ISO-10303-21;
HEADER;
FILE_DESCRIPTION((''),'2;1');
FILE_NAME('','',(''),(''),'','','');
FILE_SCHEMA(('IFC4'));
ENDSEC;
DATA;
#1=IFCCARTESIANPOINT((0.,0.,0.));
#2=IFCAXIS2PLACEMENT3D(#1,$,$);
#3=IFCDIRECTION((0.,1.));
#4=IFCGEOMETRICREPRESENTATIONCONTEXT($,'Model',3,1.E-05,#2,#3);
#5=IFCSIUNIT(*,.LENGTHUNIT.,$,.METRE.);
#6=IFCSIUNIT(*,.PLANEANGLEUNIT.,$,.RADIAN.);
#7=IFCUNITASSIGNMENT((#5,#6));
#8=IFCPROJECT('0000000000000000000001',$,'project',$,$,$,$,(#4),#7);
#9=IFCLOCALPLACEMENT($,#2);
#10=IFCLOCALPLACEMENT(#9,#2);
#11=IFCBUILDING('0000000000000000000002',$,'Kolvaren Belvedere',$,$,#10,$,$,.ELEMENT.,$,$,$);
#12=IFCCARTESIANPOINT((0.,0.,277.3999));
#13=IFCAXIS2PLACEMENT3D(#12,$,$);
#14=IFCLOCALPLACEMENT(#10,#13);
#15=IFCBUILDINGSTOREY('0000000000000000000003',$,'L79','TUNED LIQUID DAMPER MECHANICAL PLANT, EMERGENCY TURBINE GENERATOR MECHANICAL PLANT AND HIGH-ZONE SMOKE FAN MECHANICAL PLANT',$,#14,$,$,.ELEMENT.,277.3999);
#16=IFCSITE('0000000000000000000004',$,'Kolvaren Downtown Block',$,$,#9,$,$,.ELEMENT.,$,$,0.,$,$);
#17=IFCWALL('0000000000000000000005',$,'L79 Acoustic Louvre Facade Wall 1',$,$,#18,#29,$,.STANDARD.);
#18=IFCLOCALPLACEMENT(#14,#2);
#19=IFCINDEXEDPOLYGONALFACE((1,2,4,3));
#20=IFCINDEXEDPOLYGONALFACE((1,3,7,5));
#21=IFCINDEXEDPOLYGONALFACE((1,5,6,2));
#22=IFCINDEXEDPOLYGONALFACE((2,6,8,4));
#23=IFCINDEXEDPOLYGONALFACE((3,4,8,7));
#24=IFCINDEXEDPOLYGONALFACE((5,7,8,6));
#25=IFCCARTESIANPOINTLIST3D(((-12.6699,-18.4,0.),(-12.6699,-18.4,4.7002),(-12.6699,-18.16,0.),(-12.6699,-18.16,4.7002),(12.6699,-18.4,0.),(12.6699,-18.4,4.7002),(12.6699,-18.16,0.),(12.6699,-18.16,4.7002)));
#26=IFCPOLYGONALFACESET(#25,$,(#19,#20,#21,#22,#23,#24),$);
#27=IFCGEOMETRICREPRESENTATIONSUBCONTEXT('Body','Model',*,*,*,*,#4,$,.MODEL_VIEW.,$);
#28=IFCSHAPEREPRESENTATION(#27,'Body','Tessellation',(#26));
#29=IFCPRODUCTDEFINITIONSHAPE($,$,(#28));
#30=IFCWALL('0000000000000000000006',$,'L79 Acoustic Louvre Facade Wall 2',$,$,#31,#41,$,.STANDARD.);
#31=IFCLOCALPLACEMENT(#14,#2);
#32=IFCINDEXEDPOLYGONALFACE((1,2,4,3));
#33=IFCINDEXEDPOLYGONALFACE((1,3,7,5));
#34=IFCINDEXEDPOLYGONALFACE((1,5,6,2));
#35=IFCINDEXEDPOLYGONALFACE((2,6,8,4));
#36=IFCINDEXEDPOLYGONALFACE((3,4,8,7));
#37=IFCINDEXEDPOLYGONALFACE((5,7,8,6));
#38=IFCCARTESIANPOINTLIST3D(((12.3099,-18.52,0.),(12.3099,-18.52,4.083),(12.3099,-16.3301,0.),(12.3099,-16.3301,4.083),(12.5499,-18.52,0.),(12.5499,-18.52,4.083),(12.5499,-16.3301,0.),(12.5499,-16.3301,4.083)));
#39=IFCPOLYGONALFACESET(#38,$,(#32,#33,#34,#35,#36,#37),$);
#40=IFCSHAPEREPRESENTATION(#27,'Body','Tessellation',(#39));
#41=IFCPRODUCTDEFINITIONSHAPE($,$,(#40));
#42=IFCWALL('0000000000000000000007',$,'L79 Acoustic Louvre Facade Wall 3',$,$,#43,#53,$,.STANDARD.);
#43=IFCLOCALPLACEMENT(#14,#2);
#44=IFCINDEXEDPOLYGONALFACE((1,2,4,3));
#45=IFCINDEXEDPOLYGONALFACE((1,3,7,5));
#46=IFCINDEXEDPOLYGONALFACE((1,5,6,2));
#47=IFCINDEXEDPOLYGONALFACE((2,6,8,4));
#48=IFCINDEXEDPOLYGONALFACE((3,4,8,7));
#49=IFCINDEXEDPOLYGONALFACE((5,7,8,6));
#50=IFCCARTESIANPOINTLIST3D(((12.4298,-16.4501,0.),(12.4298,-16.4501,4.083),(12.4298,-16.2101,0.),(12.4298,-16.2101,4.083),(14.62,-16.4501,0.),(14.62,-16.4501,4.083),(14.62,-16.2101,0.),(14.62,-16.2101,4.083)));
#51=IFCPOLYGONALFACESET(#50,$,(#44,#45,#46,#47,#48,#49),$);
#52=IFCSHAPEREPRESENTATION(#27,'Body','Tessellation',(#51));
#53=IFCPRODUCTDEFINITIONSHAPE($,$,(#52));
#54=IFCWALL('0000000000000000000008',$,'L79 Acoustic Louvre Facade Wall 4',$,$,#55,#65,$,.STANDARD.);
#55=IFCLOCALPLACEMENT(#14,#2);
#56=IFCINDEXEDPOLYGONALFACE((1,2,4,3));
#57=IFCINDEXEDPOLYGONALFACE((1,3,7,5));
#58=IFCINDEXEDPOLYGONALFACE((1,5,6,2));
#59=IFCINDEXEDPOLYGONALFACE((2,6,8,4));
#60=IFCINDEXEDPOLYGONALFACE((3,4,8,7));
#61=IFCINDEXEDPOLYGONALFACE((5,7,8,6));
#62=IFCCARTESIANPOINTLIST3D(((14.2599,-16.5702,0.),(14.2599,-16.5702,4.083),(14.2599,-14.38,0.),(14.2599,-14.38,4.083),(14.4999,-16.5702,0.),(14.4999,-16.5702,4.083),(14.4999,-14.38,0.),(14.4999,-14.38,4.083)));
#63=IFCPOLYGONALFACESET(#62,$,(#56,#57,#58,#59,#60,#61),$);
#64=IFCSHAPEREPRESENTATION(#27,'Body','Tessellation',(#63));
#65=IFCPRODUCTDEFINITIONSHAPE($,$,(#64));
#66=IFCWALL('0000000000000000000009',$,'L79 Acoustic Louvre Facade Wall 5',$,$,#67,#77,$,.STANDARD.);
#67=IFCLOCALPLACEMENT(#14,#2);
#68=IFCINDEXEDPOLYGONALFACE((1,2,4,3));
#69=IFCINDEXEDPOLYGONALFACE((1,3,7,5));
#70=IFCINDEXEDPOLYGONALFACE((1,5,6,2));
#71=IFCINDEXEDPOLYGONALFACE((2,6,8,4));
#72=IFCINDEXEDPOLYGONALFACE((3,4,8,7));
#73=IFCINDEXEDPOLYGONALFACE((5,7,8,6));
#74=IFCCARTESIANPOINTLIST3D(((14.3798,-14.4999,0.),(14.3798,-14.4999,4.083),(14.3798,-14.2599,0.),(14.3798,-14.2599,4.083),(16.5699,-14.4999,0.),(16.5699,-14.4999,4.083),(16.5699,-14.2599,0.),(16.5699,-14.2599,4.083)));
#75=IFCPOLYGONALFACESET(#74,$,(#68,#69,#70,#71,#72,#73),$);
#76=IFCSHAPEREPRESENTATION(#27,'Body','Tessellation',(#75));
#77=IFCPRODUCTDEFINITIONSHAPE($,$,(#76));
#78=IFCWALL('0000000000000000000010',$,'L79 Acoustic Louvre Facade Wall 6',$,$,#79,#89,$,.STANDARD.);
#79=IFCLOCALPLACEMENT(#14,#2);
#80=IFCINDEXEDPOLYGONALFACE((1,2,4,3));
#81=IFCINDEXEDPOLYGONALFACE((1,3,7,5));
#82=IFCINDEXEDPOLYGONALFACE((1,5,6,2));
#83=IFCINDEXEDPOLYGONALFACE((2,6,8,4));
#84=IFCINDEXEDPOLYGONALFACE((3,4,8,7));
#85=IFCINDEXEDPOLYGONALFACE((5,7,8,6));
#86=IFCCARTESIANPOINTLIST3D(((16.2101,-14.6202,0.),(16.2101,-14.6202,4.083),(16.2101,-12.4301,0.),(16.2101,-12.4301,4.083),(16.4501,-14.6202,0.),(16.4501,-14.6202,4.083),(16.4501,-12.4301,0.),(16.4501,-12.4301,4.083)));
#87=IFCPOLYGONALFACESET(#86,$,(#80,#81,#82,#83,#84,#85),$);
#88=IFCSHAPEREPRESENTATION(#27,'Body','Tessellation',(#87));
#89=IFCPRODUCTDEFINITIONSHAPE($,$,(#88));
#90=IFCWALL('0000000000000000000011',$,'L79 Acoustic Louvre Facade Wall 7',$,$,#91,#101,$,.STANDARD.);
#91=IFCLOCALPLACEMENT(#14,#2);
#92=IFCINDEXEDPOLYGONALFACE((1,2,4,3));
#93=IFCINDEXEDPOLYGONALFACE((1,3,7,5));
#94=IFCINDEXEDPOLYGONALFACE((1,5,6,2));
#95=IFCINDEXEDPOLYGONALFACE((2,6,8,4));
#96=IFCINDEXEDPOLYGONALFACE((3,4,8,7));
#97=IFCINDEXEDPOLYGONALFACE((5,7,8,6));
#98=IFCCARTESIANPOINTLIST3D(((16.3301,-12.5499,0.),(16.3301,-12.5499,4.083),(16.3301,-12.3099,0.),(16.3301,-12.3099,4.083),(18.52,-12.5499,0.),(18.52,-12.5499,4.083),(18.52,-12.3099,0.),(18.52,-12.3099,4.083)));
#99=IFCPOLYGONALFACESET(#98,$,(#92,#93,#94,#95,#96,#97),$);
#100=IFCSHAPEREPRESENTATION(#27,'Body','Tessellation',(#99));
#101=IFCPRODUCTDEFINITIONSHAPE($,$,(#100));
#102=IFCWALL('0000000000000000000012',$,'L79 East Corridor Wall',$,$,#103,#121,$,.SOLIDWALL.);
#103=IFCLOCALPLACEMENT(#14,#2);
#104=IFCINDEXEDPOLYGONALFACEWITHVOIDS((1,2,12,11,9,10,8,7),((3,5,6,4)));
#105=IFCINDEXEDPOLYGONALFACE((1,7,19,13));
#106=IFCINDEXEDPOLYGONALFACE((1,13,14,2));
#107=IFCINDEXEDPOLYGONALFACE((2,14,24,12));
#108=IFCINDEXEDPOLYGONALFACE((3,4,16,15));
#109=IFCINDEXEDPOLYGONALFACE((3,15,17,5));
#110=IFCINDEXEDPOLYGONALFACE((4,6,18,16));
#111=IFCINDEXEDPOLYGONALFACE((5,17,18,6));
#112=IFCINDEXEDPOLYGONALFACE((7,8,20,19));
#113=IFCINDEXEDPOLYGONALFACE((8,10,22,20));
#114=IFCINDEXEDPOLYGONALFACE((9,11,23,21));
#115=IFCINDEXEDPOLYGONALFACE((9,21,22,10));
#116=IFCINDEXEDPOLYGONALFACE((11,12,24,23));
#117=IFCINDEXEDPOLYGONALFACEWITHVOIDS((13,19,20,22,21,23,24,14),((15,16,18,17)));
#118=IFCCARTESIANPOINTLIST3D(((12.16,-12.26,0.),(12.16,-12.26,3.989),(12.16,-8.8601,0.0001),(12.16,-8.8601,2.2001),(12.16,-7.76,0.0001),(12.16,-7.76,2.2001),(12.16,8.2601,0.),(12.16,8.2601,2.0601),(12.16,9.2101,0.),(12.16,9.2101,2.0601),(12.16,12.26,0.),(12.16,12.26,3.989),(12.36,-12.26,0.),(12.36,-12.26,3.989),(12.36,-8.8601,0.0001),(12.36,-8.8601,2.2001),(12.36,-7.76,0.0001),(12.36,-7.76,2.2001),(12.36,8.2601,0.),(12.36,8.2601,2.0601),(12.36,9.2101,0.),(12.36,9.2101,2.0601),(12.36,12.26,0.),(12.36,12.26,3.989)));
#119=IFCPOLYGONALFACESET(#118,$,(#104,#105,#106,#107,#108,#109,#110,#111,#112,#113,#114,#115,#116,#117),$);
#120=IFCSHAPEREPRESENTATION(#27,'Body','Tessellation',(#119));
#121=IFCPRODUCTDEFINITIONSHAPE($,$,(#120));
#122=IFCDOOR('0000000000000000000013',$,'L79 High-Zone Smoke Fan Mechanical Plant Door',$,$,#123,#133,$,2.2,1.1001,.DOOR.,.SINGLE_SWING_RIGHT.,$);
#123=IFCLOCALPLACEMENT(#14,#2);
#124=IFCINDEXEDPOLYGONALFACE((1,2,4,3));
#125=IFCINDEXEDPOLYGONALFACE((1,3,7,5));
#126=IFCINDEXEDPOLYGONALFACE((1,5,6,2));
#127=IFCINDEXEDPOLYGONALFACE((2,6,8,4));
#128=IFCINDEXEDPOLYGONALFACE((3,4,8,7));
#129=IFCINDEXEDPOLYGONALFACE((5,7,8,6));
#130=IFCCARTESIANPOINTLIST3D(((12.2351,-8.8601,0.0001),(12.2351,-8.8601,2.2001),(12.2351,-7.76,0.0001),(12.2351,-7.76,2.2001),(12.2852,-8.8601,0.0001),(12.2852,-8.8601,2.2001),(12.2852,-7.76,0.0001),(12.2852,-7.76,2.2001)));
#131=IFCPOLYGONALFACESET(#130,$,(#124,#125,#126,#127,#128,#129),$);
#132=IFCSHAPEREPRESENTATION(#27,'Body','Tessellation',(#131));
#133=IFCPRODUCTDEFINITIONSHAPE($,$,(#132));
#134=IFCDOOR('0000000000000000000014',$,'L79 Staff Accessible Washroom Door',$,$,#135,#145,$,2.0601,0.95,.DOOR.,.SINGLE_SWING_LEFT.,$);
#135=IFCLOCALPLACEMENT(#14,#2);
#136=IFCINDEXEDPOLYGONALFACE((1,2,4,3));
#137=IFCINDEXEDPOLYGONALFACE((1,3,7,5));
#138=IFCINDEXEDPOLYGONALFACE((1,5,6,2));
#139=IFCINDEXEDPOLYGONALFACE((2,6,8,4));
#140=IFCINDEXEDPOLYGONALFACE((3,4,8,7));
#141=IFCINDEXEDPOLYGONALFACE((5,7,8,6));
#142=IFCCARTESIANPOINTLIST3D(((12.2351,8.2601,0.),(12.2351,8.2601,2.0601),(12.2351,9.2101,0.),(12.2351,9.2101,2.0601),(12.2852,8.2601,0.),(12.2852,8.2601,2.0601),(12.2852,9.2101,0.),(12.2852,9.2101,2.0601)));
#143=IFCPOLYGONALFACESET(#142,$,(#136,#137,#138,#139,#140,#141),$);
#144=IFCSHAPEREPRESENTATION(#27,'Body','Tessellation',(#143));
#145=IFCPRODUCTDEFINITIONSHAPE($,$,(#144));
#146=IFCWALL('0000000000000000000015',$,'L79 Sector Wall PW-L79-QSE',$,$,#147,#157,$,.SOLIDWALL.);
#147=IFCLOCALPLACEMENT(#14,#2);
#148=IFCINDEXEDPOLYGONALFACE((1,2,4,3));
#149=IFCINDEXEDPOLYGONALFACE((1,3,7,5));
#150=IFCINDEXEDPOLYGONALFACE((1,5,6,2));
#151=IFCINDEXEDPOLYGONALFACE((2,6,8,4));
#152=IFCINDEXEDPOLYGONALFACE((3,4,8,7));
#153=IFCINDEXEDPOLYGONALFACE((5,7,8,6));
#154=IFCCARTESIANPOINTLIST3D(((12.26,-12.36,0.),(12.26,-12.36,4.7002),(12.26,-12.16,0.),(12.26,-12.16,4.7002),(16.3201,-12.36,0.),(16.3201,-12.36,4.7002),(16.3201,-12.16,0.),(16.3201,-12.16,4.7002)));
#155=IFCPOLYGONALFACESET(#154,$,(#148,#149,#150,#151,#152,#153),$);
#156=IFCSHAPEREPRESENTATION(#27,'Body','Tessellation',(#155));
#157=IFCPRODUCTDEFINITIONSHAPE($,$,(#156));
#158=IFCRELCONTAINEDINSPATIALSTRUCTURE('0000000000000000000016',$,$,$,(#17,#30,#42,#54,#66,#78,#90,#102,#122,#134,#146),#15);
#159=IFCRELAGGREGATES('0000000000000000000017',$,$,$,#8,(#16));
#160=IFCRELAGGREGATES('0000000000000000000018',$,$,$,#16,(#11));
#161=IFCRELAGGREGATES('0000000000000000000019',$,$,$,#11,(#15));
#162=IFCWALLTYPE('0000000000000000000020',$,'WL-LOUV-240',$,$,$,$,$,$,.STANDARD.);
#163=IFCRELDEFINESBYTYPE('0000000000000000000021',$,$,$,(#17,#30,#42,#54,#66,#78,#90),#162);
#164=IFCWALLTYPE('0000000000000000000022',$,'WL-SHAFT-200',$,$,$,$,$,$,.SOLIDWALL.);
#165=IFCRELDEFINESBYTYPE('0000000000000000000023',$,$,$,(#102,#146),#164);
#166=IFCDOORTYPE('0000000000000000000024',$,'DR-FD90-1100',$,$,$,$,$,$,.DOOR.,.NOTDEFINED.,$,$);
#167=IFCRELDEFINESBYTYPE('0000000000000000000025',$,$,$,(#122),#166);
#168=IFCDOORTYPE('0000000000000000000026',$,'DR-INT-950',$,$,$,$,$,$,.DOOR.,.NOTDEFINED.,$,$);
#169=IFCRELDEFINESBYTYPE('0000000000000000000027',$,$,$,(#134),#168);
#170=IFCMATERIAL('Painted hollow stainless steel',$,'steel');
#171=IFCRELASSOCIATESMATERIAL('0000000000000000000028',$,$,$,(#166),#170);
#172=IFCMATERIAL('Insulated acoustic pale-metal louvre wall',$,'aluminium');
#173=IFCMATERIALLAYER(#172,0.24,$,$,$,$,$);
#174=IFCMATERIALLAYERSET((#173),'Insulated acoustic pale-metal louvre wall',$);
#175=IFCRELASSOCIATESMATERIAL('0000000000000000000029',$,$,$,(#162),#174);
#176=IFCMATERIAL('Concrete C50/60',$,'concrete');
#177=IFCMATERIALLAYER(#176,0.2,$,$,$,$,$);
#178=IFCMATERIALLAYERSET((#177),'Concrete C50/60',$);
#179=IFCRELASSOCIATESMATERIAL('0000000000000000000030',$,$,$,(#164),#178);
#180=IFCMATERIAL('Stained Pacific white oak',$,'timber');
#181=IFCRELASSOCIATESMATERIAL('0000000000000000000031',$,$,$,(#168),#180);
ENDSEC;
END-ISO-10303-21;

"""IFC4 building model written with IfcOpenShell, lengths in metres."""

from ifc_helpers import new_model, si_unit, direction, frame, frame_2d, origin, place, context, subcontext, project, spatial, rectangle, extrude, material, layer, layer_set, type_object, element, fill, save


model = new_model("IFC4")

# Units and contexts
model_context = context("Model", 3, precision=1e-05, world=origin(), true_north=direction((0.0, 1.0)))
body_context = subcontext(model_context, "Body", "Model", "MODEL_VIEW")
ifc_project = project(units=[si_unit("LENGTHUNIT", "METRE"), si_unit("PLANEANGLEUNIT", "RADIAN")], contexts=[model_context])

# Site, building, storey
site_placement = place(None, origin())
site = spatial("IfcSite", under=ifc_project, at=site_placement, Name="Kolvaren Downtown Block", CompositionType="ELEMENT", RefElevation=0.0)
building_placement = place(site_placement, origin())
building = spatial("IfcBuilding", under=site, at=building_placement, Name="Kolvaren Belvedere", CompositionType="ELEMENT")
storey_placement = place(building_placement, frame((0.0, 0.0, 277.3999)))
storey = spatial("IfcBuildingStorey", under=building, at=storey_placement, Name="L79", Description="TUNED LIQUID DAMPER MECHANICAL PLANT, EMERGENCY TURBINE GENERATOR MECHANICAL PLANT AND HIGH-ZONE SMOKE FAN MECHANICAL PLANT", CompositionType="ELEMENT", Elevation=277.3999)

# Shared definitions
ifc_material_1 = material(Name="Painted hollow stainless steel", Category="steel")
door_type_1 = type_object("IfcDoorType", Name="DR-FD90-1100", OperationType="NOTDEFINED", PredefinedType="DOOR", material=ifc_material_1)

# Walls
ifc_material_2 = material(Name="Insulated acoustic pale-metal louvre wall", Category="aluminium")
ifc_layer_1 = layer(ifc_material_2, 0.24)
ifc_layer_set_1 = layer_set([ifc_layer_1], Name="Insulated acoustic pale-metal louvre wall")
wall_type_1 = type_object("IfcWallType", Name="WL-LOUV-240", PredefinedType="STANDARD", material=ifc_layer_set_1)
wall_1_placement = place(storey_placement, frame((12.6699, -18.28, 0.0), z_axis=(0.0, 0.0, 1.0), x_axis=(-1.0, 0.0, 0.0)))
element("IfcWall", 1, at=wall_1_placement, inside=storey, type_object=wall_type_1, Name="L79 Acoustic Louvre Facade Wall 1", PredefinedType="STANDARD", context=body_context, shape_type="SweptSolid", body=[
    extrude(rectangle(XDim=25.3398, YDim=0.24, at=frame_2d((12.6699, 0.0))), origin(), (0.0, 0.0, 1.0), 4.7002),
])
wall_2_placement = place(storey_placement, frame((12.4299, -16.3301, 0.0), z_axis=(0.0, 0.0, 1.0), x_axis=(0.0, -1.0, 0.0)))
element("IfcWall", 2, at=wall_2_placement, inside=storey, type_object=wall_type_1, Name="L79 Acoustic Louvre Facade Wall 2", PredefinedType="STANDARD", context=body_context, shape_type="SweptSolid", body=[
    extrude(rectangle(XDim=2.1899, YDim=0.24, at=frame_2d((1.095, 0.0))), origin(), (0.0, 0.0, 1.0), 4.083),
])
for number, where, z_axis, x_axis, name in (
    (3, (14.6201, -16.3301, 0.0), (0.0, 0.0, 1.0), (-1.0, 0.0, 0.0), "L79 Acoustic Louvre Facade Wall 3"),
    (4, (14.3799, -14.3799, 0.0), (0.0, 0.0, 1.0), (0.0, -1.0, 0.0), "L79 Acoustic Louvre Facade Wall 4"),
    (5, (16.5701, -14.3799, 0.0), (0.0, 0.0, 1.0), (-1.0, 0.0, 0.0), "L79 Acoustic Louvre Facade Wall 5"),
    (6, (16.3301, -12.4299, 0.0), (0.0, 0.0, 1.0), (0.0, -1.0, 0.0), "L79 Acoustic Louvre Facade Wall 6"),
):
    element("IfcWall", number, at=place(storey_placement, frame(where, z_axis=z_axis, x_axis=x_axis)), inside=storey, type_object=wall_type_1, Name=name, PredefinedType="STANDARD", context=body_context, shape_type="SweptSolid", body=[
        extrude(rectangle(XDim=2.1902, YDim=0.24, at=frame_2d((1.0952, 0.0))), origin(), (0.0, 0.0, 1.0), 4.083),
    ])
wall_3_placement = place(storey_placement, frame((18.52, -12.4299, 0.0), z_axis=(0.0, 0.0, 1.0), x_axis=(-1.0, 0.0, 0.0)))
element("IfcWall", 7, at=wall_3_placement, inside=storey, type_object=wall_type_1, Name="L79 Acoustic Louvre Facade Wall 7", PredefinedType="STANDARD", context=body_context, shape_type="SweptSolid", body=[
    extrude(rectangle(XDim=2.1899, YDim=0.24, at=frame_2d((1.095, 0.0))), origin(), (0.0, 0.0, 1.0), 4.083),
])

# Wall, openings, doors
ifc_material_3 = material(Name="Concrete C50/60", Category="concrete")
ifc_layer_2 = layer(ifc_material_3, 0.2)
ifc_layer_set_2 = layer_set([ifc_layer_2], Name="Concrete C50/60")
wall_type_2 = type_object("IfcWallType", Name="WL-SHAFT-200", PredefinedType="SOLIDWALL", material=ifc_layer_set_2)
wall_4_placement = place(storey_placement, frame((12.26, -12.26, 0.0), z_axis=(0.0, 0.0, 1.0), x_axis=(0.0, 1.0, 0.0)))
wall_4 = element("IfcWall", 8, at=wall_4_placement, inside=storey, type_object=wall_type_2, Name="L79 East Corridor Wall", PredefinedType="SOLIDWALL", context=body_context, shape_type="SweptSolid", body=[
    extrude(rectangle(XDim=24.52, YDim=0.2, at=frame_2d((12.26, 0.0))), origin(), (0.0, 0.0, 1.0), 3.989),
])
opening_1_placement = place(wall_4_placement, frame((3.3999, 0.0, 0.0)))
opening_1 = element("IfcOpeningElement", 9, at=opening_1_placement, cuts=wall_4, PredefinedType="OPENING", context=body_context, shape_type="SweptSolid", body=[
    extrude(rectangle(XDim=1.1001, YDim=2.2, at=frame_2d((0.55, 1.1001))), frame((0.0, 0.1099, 0.0), z_axis=(0.0, -1.0, 0.0), x_axis=(1.0, 0.0, 0.0)), (0.0, 0.0, 1.0), 0.22),
])
opening_2_placement = place(wall_4_placement, frame((20.52, 0.0, 0.0)))
opening_2 = element("IfcOpeningElement", 10, at=opening_2_placement, cuts=wall_4, PredefinedType="OPENING", context=body_context, shape_type="SweptSolid", body=[
    extrude(rectangle(XDim=0.95, YDim=2.0601, at=frame_2d((0.4751, 1.03))), frame((0.0, 0.1099, 0.0), z_axis=(0.0, -1.0, 0.0), x_axis=(1.0, 0.0, 0.0)), (0.0, 0.0, 1.0), 0.22),
])
door_1_placement = place(opening_1_placement, origin())
door_1 = element("IfcDoor", 11, at=door_1_placement, inside=storey, type_object=door_type_1, Name="L79 High-Zone Smoke Fan Mechanical Plant Door", OperationType="SINGLE_SWING_RIGHT", OverallHeight=2.2, OverallWidth=1.1001, PredefinedType="DOOR", context=body_context, shape_type="SweptSolid", body=[
    extrude(rectangle(XDim=1.1001, YDim=2.2, at=frame_2d((0.55, 1.1001))), frame((0.0, 0.0249, 0.0), z_axis=(0.0, -1.0, 0.0), x_axis=(1.0, 0.0, 0.0)), (0.0, 0.0, 1.0), 0.05),
])
fill(opening_1, door_1)
ifc_material_4 = material(Name="Stained Pacific white oak", Category="timber")
door_type_2 = type_object("IfcDoorType", Name="DR-INT-950", OperationType="NOTDEFINED", PredefinedType="DOOR", material=ifc_material_4)
door_2_placement = place(opening_2_placement, origin())
door_2 = element("IfcDoor", 12, at=door_2_placement, inside=storey, type_object=door_type_2, Name="L79 Staff Accessible Washroom Door", OperationType="SINGLE_SWING_LEFT", OverallHeight=2.0601, OverallWidth=0.95, PredefinedType="DOOR", context=body_context, shape_type="SweptSolid", body=[
    extrude(rectangle(XDim=0.95, YDim=2.0601, at=frame_2d((0.4751, 1.03))), frame((0.0, 0.0249, 0.0), z_axis=(0.0, -1.0, 0.0), x_axis=(1.0, 0.0, 0.0)), (0.0, 0.0, 1.0), 0.05),
])
fill(opening_2, door_2)

# Wall
wall_5_placement = place(storey_placement, frame((12.26, -12.26, 0.0), z_axis=(0.0, 0.0, 1.0), x_axis=(1.0, 0.0, 0.0)))
element("IfcWall", 13, at=wall_5_placement, inside=storey, type_object=wall_type_2, Name="L79 Sector Wall PW-L79-QSE", PredefinedType="SOLIDWALL", context=body_context, shape_type="SweptSolid", body=[
    extrude(rectangle(XDim=4.0601, YDim=0.2, at=frame_2d((2.03, 0.0))), origin(), (0.0, 0.0, 1.0), 4.7002),
])

save(model, "model.ifc")
